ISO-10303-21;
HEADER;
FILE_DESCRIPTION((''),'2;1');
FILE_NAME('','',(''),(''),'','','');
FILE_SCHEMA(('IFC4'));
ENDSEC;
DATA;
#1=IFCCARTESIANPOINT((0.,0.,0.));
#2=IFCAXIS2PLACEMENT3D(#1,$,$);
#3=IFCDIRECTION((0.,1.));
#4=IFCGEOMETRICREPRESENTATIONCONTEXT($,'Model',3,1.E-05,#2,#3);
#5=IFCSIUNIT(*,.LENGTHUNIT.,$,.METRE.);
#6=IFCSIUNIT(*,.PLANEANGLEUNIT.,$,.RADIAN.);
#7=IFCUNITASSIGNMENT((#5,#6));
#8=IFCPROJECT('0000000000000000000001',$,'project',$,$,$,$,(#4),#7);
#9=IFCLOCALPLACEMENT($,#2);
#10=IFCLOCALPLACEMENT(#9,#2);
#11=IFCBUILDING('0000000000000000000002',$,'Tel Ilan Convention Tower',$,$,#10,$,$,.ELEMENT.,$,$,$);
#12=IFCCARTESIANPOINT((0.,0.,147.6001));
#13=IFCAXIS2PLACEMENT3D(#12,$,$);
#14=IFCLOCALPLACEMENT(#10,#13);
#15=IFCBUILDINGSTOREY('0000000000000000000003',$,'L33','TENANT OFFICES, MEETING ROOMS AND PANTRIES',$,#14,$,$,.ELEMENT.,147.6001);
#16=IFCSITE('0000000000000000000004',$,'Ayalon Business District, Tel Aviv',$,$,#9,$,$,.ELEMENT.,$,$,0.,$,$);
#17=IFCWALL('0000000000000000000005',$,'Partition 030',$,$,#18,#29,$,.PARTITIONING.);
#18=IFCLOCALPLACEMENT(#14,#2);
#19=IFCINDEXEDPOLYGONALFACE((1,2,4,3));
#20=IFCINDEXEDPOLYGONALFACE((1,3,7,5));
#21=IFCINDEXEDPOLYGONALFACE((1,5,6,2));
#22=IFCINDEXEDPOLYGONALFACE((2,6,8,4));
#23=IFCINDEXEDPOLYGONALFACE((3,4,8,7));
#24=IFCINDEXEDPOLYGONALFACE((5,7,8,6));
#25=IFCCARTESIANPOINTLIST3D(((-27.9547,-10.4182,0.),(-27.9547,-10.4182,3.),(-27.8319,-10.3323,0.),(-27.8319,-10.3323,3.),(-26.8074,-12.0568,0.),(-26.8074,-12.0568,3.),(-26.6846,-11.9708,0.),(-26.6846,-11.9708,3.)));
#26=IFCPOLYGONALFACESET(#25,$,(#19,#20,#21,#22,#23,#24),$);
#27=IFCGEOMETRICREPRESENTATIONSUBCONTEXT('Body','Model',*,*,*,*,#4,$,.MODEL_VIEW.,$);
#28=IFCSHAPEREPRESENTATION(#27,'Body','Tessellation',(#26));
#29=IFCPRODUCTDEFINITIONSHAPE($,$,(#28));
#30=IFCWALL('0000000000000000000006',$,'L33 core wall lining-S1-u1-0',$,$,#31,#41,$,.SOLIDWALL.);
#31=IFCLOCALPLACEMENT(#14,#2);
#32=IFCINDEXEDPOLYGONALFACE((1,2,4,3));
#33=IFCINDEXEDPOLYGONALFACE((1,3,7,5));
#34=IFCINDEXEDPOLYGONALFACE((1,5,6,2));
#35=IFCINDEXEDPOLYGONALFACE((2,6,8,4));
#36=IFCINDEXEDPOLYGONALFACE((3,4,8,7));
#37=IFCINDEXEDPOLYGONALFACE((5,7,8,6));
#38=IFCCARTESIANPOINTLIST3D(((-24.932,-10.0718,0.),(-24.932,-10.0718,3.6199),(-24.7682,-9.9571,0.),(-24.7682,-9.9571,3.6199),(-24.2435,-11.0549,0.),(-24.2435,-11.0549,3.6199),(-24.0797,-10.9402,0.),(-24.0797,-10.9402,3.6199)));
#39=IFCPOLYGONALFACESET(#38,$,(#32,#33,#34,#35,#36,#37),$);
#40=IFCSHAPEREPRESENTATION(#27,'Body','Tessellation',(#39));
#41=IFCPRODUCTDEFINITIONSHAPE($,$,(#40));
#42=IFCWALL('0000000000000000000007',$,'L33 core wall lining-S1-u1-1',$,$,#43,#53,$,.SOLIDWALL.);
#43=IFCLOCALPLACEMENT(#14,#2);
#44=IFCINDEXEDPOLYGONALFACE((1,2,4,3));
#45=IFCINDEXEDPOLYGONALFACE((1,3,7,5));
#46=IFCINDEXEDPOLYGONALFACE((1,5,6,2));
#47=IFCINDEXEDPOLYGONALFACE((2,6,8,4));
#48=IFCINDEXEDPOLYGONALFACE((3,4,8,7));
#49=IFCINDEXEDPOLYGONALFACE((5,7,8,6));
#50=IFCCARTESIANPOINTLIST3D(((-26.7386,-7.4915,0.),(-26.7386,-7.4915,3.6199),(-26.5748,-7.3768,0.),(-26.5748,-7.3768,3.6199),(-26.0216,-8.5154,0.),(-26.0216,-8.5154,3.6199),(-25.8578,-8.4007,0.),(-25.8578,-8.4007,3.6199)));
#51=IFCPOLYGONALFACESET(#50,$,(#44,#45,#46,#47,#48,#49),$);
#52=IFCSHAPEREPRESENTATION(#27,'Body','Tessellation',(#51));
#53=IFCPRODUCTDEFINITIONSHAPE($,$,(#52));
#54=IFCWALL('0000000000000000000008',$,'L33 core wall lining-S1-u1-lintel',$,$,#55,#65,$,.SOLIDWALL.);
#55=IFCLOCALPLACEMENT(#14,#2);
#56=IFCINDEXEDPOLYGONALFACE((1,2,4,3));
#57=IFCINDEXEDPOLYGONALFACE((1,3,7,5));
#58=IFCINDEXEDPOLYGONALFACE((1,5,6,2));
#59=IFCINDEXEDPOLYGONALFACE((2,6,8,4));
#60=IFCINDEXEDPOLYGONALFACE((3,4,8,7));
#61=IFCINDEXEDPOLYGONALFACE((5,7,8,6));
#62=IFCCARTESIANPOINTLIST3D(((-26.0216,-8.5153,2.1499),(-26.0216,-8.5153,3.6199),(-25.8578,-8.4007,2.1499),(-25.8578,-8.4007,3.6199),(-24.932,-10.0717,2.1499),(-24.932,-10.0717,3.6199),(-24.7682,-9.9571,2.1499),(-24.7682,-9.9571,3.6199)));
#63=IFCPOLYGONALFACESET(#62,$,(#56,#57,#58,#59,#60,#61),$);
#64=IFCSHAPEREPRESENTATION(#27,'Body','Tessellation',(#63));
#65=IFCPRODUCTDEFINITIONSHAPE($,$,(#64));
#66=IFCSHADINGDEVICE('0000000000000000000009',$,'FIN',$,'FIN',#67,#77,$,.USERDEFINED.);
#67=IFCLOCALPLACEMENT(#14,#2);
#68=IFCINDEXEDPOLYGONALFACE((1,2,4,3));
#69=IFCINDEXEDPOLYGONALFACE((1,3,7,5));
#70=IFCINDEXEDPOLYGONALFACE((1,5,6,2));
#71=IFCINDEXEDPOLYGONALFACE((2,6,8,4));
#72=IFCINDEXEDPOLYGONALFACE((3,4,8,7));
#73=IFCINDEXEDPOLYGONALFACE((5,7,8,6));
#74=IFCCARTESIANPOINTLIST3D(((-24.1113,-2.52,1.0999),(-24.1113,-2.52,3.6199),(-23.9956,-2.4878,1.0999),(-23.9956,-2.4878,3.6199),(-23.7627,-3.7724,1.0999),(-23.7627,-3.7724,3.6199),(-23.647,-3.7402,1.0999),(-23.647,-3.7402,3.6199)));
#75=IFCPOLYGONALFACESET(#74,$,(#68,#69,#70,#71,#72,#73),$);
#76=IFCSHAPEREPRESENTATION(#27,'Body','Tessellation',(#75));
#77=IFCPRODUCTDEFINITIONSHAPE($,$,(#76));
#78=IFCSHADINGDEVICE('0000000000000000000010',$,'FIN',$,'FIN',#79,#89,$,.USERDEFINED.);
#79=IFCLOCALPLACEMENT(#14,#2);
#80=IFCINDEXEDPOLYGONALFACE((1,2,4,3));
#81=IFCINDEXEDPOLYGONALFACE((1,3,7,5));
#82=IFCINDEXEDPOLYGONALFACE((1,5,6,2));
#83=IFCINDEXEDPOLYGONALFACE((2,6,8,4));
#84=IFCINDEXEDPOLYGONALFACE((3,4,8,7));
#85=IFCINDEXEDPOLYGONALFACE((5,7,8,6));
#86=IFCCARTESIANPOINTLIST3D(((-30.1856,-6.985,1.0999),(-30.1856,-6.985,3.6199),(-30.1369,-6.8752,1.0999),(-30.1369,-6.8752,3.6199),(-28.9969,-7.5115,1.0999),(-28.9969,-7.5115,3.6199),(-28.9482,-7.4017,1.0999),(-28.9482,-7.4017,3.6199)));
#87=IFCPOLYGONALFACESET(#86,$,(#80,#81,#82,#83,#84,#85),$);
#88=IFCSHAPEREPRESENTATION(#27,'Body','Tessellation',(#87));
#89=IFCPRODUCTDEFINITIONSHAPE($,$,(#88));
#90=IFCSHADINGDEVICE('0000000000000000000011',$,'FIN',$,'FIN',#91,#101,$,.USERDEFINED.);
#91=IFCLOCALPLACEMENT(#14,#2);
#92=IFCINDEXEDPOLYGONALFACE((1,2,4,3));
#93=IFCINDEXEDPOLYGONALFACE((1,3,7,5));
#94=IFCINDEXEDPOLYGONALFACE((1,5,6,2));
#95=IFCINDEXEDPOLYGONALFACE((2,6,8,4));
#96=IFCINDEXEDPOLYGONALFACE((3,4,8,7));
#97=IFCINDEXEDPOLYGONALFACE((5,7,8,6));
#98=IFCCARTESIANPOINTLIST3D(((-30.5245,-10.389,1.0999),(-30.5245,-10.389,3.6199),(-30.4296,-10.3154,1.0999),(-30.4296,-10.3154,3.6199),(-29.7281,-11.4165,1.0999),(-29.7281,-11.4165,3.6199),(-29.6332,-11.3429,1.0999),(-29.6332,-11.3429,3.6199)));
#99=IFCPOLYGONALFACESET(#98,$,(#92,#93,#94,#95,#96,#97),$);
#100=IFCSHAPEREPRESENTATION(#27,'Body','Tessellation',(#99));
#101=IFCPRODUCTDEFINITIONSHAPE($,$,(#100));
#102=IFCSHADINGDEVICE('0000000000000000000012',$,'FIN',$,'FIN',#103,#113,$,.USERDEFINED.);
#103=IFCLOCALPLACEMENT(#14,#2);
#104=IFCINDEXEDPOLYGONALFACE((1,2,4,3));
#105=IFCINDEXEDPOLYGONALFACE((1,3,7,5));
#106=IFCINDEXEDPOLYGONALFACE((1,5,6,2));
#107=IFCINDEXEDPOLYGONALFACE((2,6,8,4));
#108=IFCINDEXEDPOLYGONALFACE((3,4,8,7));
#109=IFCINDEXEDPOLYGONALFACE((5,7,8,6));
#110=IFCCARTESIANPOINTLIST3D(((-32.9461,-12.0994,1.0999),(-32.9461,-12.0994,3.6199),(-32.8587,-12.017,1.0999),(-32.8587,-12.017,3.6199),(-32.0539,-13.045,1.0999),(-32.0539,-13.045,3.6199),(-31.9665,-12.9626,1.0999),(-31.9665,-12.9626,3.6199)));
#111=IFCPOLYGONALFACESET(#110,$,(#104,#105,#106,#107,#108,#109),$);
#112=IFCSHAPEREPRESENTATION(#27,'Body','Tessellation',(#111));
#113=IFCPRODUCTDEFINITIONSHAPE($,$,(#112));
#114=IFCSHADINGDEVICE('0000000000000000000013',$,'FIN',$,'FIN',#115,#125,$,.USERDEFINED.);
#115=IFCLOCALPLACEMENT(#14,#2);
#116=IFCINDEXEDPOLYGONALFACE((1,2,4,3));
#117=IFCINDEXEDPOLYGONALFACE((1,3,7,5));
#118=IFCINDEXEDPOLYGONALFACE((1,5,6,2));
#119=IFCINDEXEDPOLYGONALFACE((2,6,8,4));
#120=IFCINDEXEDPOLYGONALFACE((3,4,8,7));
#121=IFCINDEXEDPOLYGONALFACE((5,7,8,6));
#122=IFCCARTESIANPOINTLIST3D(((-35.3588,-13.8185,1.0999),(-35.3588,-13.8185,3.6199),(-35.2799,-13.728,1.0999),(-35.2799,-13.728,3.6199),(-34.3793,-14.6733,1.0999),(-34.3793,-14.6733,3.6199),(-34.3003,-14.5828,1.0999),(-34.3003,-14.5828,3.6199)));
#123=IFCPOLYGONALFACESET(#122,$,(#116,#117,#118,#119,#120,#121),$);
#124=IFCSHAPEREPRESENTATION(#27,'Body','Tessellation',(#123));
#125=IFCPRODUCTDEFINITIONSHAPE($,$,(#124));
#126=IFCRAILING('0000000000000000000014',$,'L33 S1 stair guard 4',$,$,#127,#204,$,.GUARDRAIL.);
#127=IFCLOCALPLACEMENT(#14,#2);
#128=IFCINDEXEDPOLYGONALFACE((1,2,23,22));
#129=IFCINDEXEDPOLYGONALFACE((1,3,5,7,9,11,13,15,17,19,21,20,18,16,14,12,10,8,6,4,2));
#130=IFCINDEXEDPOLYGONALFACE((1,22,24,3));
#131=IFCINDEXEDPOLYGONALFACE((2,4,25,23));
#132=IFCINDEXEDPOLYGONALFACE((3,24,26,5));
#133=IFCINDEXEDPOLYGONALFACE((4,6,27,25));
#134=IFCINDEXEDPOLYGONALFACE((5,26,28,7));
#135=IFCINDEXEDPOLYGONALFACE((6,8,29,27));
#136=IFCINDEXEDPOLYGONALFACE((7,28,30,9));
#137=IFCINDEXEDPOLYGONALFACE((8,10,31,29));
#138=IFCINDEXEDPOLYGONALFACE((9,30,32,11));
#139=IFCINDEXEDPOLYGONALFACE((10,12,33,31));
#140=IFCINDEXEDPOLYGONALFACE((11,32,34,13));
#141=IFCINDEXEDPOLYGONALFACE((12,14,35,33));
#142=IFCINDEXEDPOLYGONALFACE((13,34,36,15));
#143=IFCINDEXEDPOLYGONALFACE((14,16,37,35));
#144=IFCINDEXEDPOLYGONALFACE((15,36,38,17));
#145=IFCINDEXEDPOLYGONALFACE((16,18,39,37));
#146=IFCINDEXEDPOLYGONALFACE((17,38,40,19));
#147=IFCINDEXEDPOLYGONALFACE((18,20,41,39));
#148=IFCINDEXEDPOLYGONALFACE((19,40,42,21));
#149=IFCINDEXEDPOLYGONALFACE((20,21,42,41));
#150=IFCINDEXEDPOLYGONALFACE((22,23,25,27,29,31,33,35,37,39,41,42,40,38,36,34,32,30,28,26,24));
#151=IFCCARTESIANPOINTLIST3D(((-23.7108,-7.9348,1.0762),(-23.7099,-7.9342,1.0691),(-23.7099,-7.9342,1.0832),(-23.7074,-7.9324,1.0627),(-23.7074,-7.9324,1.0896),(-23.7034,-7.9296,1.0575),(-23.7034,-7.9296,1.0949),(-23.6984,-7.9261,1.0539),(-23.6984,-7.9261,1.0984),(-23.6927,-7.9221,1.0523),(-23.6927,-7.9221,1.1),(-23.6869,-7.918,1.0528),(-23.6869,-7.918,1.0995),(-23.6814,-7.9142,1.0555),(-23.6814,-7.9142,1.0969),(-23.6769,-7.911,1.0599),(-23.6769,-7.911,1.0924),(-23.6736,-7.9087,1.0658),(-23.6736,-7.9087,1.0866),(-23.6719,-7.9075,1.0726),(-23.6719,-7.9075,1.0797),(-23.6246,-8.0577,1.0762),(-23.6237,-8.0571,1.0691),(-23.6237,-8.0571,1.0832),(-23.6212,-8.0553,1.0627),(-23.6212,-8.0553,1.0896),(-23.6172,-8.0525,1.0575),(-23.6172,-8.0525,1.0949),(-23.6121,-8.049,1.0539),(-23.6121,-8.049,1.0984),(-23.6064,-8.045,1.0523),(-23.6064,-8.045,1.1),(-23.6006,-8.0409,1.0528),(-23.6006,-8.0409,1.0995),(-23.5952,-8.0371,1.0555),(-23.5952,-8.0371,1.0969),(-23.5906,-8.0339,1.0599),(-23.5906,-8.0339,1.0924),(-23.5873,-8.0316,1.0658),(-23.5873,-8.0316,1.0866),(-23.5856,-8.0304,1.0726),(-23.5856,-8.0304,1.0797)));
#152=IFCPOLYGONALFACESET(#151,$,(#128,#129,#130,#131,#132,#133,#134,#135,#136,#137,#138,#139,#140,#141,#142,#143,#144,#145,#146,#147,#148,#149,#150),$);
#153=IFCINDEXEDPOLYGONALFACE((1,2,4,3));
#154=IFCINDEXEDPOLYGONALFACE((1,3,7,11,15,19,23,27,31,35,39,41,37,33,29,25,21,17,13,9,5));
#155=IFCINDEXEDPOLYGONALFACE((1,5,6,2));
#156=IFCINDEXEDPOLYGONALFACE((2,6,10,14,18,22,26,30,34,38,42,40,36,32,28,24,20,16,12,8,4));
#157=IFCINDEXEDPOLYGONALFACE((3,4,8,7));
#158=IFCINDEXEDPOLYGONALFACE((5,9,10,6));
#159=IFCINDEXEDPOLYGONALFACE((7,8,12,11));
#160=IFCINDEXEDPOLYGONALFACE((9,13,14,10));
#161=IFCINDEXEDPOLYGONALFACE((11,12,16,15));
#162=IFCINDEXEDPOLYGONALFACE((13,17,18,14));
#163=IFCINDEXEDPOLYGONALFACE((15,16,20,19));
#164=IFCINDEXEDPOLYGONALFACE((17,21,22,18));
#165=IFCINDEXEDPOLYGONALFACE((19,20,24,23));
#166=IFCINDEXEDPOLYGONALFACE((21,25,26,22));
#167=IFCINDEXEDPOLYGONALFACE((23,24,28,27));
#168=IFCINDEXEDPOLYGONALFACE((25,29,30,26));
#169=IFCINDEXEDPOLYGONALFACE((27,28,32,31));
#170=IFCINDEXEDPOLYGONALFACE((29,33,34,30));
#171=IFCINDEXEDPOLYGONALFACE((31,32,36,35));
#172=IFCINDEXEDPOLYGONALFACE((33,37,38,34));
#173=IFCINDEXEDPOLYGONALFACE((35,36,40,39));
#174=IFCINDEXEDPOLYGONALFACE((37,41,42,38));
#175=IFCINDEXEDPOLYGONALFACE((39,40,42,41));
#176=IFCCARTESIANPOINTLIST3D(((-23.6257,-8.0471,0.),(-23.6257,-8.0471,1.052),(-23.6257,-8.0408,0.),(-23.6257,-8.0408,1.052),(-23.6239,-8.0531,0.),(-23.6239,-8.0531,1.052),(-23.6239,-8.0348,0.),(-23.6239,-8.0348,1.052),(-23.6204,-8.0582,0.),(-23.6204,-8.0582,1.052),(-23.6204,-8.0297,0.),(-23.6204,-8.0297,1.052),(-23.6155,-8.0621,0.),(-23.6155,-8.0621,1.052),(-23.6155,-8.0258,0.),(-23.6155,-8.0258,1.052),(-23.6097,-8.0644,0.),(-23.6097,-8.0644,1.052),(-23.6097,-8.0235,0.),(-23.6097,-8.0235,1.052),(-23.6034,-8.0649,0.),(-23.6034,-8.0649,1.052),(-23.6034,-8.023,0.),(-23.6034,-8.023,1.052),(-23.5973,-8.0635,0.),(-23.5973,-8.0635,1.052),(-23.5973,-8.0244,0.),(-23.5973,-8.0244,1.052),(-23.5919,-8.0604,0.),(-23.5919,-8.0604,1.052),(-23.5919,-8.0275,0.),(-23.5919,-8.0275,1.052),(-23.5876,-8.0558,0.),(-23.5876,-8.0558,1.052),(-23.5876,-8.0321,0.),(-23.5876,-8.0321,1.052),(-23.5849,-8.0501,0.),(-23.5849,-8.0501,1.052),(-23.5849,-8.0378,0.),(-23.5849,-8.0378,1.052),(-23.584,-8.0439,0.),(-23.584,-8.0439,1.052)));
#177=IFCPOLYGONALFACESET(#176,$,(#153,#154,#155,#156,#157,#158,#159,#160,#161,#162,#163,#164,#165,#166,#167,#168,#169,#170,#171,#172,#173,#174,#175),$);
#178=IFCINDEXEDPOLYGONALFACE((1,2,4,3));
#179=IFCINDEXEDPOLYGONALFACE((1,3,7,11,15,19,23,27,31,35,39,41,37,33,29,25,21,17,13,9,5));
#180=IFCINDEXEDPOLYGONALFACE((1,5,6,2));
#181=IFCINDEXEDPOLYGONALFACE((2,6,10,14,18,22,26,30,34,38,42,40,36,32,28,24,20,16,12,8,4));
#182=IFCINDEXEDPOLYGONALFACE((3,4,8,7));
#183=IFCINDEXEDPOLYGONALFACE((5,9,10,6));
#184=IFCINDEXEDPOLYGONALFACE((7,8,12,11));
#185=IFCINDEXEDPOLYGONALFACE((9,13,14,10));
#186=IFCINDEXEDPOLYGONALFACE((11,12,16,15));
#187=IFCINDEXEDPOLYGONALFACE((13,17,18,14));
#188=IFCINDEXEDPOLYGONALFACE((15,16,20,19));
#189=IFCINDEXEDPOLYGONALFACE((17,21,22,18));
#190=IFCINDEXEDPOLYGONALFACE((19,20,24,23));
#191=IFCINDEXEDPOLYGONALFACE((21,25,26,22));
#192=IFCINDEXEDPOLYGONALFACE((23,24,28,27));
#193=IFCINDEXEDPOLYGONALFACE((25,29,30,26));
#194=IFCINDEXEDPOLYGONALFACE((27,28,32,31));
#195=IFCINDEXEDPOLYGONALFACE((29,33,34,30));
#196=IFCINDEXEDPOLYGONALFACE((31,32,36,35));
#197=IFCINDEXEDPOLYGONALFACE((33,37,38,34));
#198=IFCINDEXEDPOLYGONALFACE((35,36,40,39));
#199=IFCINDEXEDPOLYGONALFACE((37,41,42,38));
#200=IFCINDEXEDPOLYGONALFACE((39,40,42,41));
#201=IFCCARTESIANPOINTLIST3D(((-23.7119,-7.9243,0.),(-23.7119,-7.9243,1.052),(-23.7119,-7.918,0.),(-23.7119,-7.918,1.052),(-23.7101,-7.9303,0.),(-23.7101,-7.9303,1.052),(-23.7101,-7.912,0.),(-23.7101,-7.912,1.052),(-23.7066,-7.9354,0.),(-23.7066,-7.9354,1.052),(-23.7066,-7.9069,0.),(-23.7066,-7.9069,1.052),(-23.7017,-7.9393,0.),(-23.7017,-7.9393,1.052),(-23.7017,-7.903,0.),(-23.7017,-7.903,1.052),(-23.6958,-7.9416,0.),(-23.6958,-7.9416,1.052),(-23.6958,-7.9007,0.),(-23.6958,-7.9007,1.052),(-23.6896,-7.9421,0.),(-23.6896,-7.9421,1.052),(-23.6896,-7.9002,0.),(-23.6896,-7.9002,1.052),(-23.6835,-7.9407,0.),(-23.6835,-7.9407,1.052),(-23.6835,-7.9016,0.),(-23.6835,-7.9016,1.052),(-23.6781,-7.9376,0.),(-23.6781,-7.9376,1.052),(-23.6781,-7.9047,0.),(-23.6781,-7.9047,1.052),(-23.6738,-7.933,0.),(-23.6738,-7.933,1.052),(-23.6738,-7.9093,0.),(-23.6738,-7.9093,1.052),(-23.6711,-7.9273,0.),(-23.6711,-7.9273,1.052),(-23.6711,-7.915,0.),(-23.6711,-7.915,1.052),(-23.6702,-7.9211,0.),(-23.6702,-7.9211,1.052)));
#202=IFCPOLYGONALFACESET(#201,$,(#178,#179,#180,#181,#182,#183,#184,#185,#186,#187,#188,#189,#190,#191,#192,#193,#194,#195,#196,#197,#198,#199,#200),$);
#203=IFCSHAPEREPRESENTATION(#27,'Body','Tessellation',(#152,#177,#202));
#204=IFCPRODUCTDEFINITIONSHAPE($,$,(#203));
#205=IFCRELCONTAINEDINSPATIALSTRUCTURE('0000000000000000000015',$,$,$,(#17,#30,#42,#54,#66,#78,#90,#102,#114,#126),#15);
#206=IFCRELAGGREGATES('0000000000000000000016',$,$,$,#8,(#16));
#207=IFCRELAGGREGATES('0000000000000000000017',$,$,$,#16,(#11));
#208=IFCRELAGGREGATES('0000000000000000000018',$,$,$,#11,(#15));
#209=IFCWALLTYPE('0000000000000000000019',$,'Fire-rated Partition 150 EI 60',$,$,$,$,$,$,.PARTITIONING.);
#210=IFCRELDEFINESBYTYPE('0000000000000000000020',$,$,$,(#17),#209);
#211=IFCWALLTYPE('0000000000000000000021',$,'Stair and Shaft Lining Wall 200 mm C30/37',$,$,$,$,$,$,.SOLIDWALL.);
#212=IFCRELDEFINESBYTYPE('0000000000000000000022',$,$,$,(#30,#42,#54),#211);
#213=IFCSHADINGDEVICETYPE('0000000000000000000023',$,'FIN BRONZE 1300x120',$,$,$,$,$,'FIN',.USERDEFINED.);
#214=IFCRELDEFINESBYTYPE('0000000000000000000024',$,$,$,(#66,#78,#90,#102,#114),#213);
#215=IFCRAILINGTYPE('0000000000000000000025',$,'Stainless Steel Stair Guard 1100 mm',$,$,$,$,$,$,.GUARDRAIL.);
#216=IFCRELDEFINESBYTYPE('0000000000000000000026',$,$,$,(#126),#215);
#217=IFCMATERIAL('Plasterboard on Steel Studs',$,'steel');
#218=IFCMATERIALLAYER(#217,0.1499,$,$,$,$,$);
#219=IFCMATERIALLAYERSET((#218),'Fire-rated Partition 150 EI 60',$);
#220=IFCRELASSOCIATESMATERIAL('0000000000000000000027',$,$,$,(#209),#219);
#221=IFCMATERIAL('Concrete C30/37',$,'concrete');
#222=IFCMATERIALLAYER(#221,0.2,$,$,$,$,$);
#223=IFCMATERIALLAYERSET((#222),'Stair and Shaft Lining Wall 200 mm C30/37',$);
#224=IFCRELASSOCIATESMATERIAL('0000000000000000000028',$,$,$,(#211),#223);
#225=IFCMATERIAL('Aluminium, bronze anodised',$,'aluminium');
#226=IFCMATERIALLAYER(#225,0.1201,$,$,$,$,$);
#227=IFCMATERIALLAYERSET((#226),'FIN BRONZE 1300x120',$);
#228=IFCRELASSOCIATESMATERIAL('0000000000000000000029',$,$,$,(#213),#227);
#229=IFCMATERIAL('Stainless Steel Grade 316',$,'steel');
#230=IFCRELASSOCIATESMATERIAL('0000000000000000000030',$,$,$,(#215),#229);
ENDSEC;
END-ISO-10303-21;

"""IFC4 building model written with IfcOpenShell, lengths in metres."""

from ifc_helpers import new_model, si_unit, direction, frame, frame_2d, origin, origin_2d, place, context, subcontext, project, spatial, rectangle, circle, extrude, material, layer, layer_set, type_object, element, save


model = new_model("IFC4")

# Units and contexts
model_context = context("Model", 3, precision=1e-05, world=origin(), true_north=direction((0.0, 1.0)))
body_context = subcontext(model_context, "Body", "Model", "MODEL_VIEW")
ifc_project = project(units=[si_unit("LENGTHUNIT", "METRE"), si_unit("PLANEANGLEUNIT", "RADIAN")], contexts=[model_context])

# Site, building, storey
site_placement = place(None, origin())
site = spatial("IfcSite", under=ifc_project, at=site_placement, Name="Ayalon Business District, Tel Aviv", CompositionType="ELEMENT", RefElevation=0.0)
building_placement = place(site_placement, origin())
building = spatial("IfcBuilding", under=site, at=building_placement, Name="Tel Ilan Convention Tower", CompositionType="ELEMENT")
storey_placement = place(building_placement, frame((0.0, 0.0, 147.6001)))
storey = spatial("IfcBuildingStorey", under=building, at=storey_placement, Name="L33", Description="TENANT OFFICES, MEETING ROOMS AND PANTRIES", CompositionType="ELEMENT", Elevation=147.6001)

# Walls
ifc_material_1 = material(Name="Plasterboard on Steel Studs", Category="steel")
ifc_layer_1 = layer(ifc_material_1, 0.1499)
ifc_layer_set_1 = layer_set([ifc_layer_1], Name="Fire-rated Partition 150 EI 60")
wall_type_1 = type_object("IfcWallType", Name="Fire-rated Partition 150 EI 60", PredefinedType="PARTITIONING", material=ifc_layer_set_1)
wall_1_placement = place(storey_placement, frame((-26.7461, -12.0137, 0.0), z_axis=(0.0, 0.0, 1.0), x_axis=(-0.573569, 0.819157, 0.0)))
element("IfcWall", 1, at=wall_1_placement, inside=storey, type_object=wall_type_1, Name="Partition 030", PredefinedType="PARTITIONING", context=body_context, shape_type="SweptSolid", body=[
    extrude(rectangle(XDim=2.0002, YDim=0.1499, at=frame_2d((1.0, 0.0))), origin(), (0.0, 0.0, 1.0), 3.0),
])
ifc_material_2 = material(Name="Concrete C30/37", Category="concrete")
ifc_layer_2 = layer(ifc_material_2, 0.2)
ifc_layer_set_2 = layer_set([ifc_layer_2], Name="Stair and Shaft Lining Wall 200 mm C30/37")
wall_type_2 = type_object("IfcWallType", Name="Stair and Shaft Lining Wall 200 mm C30/37", PredefinedType="SOLIDWALL", material=ifc_layer_set_2)
wall_2_placement = place(storey_placement, frame((-24.1616, -10.9976, 0.0), z_axis=(0.0, 0.0, 1.0), x_axis=(-0.573613, 0.819127, 0.0)))
element("IfcWall", 2, at=wall_2_placement, inside=storey, type_object=wall_type_2, Name="L33 core wall lining-S1-u1-0", PredefinedType="SOLIDWALL", context=body_context, shape_type="SweptSolid", body=[
    extrude(rectangle(XDim=1.2002, YDim=0.2, at=frame_2d((0.6001, 0.0))), origin(), (0.0, 0.0, 1.0), 3.6199),
])
wall_3_placement = place(storey_placement, frame((-25.9397, -8.458, 0.0), z_axis=(0.0, 0.0, 1.0), x_axis=(-0.57362, 0.819122, 0.0)))
element("IfcWall", 3, at=wall_3_placement, inside=storey, type_object=wall_type_2, Name="L33 core wall lining-S1-u1-1", PredefinedType="SOLIDWALL", context=body_context, shape_type="SweptSolid", body=[
    extrude(rectangle(XDim=1.25, YDim=0.2, at=frame_2d((0.625, 0.0))), origin(), (0.0, 0.0, 1.0), 3.6199),
])
wall_4_placement = place(storey_placement, frame((-24.8501, -10.0144, 2.1499), z_axis=(0.0, 0.0, 1.0), x_axis=(-0.573505, 0.819202, 0.0)))
element("IfcWall", 4, at=wall_4_placement, inside=storey, type_object=wall_type_2, Name="L33 core wall lining-S1-u1-lintel", PredefinedType="SOLIDWALL", context=body_context, shape_type="SweptSolid", body=[
    extrude(rectangle(XDim=1.8999, YDim=0.2, at=frame_2d((0.95, 0.0))), origin(), (0.0, 0.0, 1.0), 1.47),
])

# Shading devices
ifc_material_3 = material(Name="Aluminium, bronze anodised", Category="aluminium")
ifc_layer_3 = layer(ifc_material_3, 0.1201)
ifc_layer_set_3 = layer_set([ifc_layer_3], Name="FIN BRONZE 1300x120")
shading_device_type = type_object("IfcShadingDeviceType", Name="FIN BRONZE 1300x120", ElementType="FIN", PredefinedType="USERDEFINED", material=ifc_layer_set_3)
for number, where, z_axis, x_axis, name in (
    (5, (-23.8792, -3.1301, 1.0999), (0.0, 0.0, 1.0), (-0.268173, 0.963371, 0.0), "FIN"),
    (6, (-29.5669, -7.1934, 1.0999), (0.0, 0.0, 1.0), (-0.914333, 0.404964, 0.0), "FIN"),
    (7, (-30.0789, -10.866, 1.0999), (0.0, 0.0, 1.0), (-0.612601, 0.790393, 0.0), "FIN"),
    (8, (-32.4563, -12.531, 1.0999), (0.0, 0.0, 1.0), (-0.686242, 0.727374, 0.0), "FIN"),
    (9, (-34.8296, -14.2007, 1.0999), (0.0, 0.0, 1.0), (-0.753436, 0.657521, 0.0), "FIN"),
):
    element("IfcShadingDevice", number, at=place(storey_placement, frame(where, z_axis=z_axis, x_axis=x_axis)), inside=storey, type_object=shading_device_type, Name=name, ObjectType="FIN", PredefinedType="USERDEFINED", context=body_context, shape_type="SweptSolid", body=[
        extrude(rectangle(XDim=1.3, YDim=0.1201, at=origin_2d()), origin(), (0.0, 0.0, 1.0), 2.52),
    ])

# Railing
ifc_material_4 = material(Name="Stainless Steel Grade 316", Category="steel")
railing_type = type_object("IfcRailingType", Name="Stainless Steel Stair Guard 1100 mm", PredefinedType="GUARDRAIL", material=ifc_material_4)
railing_placement = place(storey_placement, frame((-23.605, -8.0439, 0.0)))
element("IfcRailing", 10, at=railing_placement, inside=storey, type_object=railing_type, Name="L33 S1 stair guard 4", PredefinedType="GUARDRAIL", context=body_context, shape_type="SweptSolid", body=[
    extrude(circle(Radius=0.0239, at=origin_2d()), frame((0.0, 0.0, 1.0762), z_axis=(-0.574445, 0.818543, 0.0), x_axis=(-0.818543, -0.574445, 0.0)), (0.0, 0.0, 1.0), 0.1501),
    extrude(circle(Radius=0.021, at=origin_2d()), origin(), (0.0, 0.0, 1.0), 1.052),
    extrude(circle(Radius=0.021, at=origin_2d()), frame((-0.0862, 0.1228, 0.0)), (0.0, 0.0, 1.0), 1.052),
])

save(model, "model.ifc")
